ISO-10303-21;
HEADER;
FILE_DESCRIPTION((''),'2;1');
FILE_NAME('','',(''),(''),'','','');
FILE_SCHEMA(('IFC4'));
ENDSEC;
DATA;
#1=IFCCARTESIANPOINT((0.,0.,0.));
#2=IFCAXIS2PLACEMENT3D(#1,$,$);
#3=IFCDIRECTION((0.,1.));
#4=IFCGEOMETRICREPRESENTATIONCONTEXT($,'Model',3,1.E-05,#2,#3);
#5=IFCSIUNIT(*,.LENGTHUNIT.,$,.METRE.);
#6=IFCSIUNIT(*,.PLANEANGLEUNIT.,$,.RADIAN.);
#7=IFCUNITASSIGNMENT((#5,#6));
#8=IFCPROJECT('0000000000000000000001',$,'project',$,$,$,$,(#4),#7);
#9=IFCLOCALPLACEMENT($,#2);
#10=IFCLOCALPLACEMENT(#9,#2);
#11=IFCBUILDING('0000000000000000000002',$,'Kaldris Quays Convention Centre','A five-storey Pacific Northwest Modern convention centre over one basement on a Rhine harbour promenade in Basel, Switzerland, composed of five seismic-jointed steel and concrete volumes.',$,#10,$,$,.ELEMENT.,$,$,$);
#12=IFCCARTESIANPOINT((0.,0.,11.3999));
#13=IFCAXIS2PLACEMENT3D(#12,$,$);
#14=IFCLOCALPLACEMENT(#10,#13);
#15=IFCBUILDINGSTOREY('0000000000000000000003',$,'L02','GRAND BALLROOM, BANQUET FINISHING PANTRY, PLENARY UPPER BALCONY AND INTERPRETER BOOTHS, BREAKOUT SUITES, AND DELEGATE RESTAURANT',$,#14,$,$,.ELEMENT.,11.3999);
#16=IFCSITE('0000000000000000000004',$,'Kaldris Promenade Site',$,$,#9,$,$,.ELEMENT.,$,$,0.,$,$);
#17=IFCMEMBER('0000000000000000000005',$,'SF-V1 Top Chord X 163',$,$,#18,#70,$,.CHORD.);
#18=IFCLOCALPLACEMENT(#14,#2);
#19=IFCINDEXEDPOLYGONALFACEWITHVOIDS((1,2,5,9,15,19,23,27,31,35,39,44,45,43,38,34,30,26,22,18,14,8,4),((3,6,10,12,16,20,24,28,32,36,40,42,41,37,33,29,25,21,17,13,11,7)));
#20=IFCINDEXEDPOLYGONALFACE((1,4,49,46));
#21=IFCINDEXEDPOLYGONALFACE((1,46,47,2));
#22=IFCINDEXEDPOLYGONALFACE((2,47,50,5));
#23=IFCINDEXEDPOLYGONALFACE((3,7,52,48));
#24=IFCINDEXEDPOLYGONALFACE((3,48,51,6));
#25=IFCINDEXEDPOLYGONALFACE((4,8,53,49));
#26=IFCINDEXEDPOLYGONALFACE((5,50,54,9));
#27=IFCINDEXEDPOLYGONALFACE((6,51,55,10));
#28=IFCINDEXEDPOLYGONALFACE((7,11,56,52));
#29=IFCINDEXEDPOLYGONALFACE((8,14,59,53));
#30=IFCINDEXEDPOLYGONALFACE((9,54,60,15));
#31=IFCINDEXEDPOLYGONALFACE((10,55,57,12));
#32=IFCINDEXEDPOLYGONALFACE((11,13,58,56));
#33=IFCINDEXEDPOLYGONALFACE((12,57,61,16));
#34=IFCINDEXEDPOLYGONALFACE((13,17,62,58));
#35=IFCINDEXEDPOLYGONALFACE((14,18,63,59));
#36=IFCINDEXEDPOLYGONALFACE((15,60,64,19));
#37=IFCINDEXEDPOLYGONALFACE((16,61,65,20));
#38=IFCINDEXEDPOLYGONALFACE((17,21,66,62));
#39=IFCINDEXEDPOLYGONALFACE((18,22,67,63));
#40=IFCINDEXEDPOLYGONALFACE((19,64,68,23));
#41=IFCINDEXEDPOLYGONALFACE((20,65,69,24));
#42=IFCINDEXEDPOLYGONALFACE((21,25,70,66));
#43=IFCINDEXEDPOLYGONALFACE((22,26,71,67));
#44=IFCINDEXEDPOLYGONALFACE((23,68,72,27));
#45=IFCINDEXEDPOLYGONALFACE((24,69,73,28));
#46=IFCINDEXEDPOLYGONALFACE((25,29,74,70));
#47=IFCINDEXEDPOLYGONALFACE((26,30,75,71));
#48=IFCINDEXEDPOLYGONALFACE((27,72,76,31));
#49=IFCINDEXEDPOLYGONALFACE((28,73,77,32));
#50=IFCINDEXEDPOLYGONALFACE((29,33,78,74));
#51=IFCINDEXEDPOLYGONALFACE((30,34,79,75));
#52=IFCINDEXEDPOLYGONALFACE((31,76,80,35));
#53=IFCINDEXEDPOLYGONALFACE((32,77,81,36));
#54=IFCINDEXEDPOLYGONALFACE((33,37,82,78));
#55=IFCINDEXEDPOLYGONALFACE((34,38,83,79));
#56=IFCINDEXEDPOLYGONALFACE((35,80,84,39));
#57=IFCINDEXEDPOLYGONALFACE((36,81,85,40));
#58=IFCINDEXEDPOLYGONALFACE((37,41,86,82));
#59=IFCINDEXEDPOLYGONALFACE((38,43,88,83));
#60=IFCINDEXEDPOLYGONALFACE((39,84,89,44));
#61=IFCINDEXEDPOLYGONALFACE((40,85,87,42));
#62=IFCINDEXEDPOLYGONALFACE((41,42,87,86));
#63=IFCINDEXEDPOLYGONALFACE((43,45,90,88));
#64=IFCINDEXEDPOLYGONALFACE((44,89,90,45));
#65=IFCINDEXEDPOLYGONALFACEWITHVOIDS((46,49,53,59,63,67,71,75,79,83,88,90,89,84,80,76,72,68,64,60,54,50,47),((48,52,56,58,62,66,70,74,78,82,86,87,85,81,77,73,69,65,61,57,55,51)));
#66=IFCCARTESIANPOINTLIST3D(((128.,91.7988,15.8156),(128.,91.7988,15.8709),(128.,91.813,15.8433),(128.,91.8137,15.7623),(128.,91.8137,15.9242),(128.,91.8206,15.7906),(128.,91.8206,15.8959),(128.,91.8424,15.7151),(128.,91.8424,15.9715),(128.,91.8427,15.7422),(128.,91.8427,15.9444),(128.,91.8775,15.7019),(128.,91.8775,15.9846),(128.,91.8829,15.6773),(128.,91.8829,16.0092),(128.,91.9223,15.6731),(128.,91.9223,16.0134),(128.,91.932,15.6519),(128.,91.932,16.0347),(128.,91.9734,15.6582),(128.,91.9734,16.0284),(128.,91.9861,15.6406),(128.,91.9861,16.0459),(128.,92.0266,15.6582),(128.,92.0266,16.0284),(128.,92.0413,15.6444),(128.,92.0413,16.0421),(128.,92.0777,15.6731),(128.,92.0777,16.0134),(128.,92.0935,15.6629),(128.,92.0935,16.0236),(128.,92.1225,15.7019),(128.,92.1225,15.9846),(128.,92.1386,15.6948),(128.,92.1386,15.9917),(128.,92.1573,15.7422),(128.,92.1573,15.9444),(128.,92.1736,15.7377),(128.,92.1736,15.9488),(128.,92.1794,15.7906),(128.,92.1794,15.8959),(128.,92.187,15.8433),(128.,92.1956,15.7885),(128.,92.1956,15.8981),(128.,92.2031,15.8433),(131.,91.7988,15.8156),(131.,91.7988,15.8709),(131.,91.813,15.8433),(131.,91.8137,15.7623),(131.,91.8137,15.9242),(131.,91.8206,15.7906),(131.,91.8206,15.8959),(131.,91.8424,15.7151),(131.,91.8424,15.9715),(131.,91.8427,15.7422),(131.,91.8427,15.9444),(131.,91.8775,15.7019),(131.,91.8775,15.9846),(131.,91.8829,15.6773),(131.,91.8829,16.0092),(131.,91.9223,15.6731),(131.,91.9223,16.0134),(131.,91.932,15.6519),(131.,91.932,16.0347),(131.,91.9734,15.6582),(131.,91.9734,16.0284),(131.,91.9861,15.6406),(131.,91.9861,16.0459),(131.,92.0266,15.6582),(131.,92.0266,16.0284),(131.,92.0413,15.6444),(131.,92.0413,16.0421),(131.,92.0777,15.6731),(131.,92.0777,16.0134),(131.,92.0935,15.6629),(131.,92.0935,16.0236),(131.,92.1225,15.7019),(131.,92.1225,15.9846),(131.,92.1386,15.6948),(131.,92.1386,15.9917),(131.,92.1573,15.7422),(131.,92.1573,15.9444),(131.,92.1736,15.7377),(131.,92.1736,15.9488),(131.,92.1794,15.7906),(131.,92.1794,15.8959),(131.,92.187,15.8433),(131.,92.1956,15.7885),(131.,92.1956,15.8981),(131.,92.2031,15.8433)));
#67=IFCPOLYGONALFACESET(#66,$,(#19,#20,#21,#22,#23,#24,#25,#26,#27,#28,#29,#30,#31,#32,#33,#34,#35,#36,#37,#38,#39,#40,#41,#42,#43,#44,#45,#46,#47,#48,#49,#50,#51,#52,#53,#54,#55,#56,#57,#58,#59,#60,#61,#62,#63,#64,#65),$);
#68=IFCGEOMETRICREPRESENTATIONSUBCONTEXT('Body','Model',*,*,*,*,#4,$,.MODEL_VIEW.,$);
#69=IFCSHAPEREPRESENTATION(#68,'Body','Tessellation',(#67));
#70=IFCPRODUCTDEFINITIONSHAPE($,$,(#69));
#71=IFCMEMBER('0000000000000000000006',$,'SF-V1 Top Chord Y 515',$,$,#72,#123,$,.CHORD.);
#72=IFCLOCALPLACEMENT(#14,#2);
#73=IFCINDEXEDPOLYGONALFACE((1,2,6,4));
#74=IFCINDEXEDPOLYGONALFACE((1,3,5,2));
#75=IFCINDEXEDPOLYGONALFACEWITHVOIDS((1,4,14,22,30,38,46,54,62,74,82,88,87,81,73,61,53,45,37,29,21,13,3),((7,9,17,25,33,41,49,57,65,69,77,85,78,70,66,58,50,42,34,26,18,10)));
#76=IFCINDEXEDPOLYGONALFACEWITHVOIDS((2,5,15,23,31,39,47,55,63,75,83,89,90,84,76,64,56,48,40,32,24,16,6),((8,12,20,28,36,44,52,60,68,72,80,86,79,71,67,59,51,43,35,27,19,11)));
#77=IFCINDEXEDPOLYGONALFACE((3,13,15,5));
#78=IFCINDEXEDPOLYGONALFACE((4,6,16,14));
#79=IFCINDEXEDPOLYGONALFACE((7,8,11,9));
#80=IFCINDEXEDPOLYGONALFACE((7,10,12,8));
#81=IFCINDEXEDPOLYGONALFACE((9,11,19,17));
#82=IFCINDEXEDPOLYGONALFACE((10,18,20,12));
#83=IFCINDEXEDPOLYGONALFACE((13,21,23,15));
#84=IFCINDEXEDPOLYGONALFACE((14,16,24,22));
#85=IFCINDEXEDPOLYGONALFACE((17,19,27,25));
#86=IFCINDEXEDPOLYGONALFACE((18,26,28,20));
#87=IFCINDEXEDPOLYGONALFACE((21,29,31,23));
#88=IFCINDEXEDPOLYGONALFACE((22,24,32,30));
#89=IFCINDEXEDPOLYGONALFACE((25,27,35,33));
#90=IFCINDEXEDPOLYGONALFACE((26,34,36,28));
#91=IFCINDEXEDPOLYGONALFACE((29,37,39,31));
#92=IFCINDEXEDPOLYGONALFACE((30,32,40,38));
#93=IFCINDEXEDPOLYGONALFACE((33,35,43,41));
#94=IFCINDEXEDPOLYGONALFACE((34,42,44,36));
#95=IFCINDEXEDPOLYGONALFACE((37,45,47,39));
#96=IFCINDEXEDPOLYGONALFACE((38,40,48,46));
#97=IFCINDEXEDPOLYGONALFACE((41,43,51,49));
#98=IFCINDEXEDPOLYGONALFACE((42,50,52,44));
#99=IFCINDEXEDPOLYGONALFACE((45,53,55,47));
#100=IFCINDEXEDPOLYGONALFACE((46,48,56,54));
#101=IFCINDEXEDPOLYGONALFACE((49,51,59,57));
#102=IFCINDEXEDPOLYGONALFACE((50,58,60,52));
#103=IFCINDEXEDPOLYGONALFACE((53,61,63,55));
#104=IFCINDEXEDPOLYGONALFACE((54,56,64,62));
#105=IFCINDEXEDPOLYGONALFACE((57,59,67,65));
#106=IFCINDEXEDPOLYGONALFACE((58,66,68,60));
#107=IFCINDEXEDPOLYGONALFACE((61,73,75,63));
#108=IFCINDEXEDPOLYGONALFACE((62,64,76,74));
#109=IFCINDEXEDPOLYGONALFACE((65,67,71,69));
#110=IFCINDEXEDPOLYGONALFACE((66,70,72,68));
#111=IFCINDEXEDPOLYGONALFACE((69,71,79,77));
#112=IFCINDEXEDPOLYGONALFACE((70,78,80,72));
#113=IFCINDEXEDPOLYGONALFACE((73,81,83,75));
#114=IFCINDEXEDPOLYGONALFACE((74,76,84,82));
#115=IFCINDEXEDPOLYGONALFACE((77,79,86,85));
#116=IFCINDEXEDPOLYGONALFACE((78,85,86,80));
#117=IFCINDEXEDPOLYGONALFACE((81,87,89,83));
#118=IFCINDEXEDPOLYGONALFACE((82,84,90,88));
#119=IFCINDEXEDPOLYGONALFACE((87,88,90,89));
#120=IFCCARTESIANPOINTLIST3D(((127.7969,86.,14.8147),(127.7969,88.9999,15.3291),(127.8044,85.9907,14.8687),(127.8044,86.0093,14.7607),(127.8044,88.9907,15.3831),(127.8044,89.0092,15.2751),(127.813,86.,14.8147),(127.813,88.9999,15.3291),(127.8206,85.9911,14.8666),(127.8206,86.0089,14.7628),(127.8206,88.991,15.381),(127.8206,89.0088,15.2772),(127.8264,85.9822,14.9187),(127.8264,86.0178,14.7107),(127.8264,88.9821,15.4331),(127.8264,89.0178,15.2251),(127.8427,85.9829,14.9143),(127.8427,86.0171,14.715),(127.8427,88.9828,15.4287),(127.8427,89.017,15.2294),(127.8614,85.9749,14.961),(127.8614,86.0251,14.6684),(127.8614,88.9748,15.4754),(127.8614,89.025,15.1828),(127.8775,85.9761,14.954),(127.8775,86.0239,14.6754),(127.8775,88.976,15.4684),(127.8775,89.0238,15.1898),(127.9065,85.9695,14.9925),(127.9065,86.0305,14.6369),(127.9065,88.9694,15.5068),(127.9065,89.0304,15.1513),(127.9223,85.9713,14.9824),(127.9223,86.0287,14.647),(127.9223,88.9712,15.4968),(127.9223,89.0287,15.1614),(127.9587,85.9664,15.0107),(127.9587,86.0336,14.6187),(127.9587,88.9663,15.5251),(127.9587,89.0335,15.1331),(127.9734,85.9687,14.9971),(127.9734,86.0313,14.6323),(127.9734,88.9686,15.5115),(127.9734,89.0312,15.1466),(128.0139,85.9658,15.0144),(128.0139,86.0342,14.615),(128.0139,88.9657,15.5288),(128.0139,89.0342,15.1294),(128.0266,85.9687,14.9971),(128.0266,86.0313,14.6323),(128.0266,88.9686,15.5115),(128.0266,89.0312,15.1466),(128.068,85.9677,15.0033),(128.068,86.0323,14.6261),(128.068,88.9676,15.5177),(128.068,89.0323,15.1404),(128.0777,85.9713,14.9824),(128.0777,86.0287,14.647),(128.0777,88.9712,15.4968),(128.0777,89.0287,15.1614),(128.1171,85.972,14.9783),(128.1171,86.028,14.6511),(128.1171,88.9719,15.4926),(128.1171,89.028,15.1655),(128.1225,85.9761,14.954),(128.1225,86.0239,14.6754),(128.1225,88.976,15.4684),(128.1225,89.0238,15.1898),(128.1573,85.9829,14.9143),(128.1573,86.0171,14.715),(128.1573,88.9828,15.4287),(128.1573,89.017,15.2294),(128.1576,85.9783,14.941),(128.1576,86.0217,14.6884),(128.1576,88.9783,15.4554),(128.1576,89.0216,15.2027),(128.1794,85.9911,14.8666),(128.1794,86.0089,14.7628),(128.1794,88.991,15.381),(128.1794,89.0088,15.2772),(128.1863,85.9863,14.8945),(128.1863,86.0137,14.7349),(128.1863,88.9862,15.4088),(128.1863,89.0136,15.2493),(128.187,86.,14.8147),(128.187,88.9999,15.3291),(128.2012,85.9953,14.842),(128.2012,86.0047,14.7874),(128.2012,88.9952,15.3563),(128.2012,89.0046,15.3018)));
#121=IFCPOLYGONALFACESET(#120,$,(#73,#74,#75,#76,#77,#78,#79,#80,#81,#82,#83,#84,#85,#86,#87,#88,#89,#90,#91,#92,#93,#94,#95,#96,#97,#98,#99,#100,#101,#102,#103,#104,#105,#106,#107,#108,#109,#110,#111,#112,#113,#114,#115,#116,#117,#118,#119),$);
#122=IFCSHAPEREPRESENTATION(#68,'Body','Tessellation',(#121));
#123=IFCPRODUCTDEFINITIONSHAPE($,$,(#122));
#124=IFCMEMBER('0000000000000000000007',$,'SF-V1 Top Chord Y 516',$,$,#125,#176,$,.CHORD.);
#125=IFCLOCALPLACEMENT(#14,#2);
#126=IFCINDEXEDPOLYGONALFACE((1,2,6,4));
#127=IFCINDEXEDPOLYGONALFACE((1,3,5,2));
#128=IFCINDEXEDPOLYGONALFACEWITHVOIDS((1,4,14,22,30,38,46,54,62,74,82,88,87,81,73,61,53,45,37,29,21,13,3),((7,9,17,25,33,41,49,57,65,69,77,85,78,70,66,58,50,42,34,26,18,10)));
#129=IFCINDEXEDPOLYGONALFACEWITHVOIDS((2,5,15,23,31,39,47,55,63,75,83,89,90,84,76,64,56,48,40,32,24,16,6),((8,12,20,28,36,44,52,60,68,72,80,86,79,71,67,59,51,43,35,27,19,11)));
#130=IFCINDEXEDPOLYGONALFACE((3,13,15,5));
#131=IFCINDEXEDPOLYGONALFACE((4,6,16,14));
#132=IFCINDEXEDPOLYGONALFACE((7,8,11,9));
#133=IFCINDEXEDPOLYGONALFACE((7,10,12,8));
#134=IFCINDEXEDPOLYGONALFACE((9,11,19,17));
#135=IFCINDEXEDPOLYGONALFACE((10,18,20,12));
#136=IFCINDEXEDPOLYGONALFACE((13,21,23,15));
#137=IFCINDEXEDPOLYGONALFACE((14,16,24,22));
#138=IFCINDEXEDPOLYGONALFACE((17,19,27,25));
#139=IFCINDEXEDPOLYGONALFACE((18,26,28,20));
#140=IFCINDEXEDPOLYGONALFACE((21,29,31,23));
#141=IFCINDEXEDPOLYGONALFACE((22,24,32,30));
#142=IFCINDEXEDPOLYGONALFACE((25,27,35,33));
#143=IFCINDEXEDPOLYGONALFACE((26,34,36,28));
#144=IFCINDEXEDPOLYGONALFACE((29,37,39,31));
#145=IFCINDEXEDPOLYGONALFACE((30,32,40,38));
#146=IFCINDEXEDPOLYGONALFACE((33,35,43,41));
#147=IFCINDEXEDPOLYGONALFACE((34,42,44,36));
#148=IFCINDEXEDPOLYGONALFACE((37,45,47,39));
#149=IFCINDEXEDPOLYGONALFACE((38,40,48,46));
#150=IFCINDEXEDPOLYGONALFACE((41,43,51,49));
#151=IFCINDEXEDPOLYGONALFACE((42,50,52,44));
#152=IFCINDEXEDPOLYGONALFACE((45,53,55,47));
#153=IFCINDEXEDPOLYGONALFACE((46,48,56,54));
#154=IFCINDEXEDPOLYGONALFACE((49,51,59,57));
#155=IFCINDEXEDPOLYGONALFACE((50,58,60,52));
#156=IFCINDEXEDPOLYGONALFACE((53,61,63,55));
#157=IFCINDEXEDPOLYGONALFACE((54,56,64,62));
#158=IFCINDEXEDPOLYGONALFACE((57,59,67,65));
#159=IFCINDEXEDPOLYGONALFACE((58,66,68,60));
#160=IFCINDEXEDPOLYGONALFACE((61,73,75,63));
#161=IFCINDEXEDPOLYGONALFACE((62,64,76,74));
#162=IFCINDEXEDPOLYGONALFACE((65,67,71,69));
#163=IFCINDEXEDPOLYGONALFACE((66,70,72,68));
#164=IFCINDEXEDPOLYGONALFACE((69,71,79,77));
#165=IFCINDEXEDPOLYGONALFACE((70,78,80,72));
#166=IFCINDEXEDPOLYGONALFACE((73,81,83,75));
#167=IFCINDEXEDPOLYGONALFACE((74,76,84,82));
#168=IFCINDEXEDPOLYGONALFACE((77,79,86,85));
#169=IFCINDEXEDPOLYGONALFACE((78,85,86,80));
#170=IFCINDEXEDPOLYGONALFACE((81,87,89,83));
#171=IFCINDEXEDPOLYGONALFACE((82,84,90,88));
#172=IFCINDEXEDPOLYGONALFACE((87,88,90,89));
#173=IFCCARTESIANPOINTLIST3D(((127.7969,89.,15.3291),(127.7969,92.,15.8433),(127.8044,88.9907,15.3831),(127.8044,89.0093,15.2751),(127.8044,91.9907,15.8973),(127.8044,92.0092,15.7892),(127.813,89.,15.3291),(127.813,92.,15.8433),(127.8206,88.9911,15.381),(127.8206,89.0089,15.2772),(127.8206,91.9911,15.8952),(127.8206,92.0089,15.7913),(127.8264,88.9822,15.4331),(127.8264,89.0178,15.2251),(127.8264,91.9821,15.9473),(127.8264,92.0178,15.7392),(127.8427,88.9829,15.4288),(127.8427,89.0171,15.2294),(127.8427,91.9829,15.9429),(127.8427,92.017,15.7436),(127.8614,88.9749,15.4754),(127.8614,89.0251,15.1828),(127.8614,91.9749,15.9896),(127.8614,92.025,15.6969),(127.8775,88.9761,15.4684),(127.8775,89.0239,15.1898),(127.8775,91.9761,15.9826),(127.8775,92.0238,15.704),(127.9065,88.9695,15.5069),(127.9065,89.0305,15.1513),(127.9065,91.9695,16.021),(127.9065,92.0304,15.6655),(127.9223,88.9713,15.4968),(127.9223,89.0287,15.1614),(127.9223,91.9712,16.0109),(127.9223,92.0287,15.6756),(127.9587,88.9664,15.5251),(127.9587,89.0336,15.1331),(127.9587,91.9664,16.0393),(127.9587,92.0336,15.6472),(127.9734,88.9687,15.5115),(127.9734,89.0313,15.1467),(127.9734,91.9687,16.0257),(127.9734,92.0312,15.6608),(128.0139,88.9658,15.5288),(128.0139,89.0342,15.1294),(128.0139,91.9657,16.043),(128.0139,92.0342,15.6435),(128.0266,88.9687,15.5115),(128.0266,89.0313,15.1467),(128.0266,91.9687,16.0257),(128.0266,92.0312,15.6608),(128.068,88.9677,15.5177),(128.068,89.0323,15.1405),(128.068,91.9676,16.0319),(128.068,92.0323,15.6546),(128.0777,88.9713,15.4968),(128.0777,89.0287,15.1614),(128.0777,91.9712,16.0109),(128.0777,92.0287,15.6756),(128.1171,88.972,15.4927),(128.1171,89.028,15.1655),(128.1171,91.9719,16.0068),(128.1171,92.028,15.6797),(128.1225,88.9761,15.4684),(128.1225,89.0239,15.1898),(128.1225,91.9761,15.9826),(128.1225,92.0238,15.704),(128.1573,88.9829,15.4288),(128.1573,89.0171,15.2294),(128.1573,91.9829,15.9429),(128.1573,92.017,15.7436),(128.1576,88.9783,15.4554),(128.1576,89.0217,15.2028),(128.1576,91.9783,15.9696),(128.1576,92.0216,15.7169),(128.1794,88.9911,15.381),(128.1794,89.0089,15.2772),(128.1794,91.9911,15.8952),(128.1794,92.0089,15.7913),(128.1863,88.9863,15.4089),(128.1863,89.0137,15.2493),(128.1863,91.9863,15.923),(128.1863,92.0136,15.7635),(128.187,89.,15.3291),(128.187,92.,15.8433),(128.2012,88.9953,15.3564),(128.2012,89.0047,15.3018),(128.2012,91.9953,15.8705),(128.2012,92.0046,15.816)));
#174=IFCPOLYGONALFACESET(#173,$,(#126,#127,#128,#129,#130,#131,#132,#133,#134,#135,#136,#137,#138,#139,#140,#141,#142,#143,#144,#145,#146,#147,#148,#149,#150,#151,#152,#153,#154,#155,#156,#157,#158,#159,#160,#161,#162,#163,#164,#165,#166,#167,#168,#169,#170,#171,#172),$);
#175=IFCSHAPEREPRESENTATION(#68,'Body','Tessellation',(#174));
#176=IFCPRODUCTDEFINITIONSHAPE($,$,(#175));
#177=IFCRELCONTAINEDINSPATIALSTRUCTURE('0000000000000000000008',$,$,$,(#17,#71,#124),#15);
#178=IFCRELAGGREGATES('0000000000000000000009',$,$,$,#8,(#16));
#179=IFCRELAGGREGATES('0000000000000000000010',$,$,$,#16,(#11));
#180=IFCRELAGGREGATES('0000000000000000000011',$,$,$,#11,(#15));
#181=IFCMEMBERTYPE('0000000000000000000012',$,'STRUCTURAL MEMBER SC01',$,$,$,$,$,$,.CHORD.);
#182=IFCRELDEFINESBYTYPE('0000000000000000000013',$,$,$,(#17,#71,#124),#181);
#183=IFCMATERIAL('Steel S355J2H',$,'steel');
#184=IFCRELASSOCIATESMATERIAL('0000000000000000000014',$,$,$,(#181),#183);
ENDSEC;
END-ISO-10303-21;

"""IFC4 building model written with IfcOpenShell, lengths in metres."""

from ifc_helpers import new_model, si_unit, direction, frame, origin, origin_2d, place, context, subcontext, project, spatial, hollow_circle, extrude, material, material_profile, profile_set, type_object, element, save


model = new_model("IFC4")

# Units and contexts
model_context = context("Model", 3, precision=1e-05, world=origin(), true_north=direction((0.0, 1.0)))
body_context = subcontext(model_context, "Body", "Model", "MODEL_VIEW")
ifc_project = project(units=[si_unit("LENGTHUNIT", "METRE"), si_unit("PLANEANGLEUNIT", "RADIAN")], contexts=[model_context])

# Site, building, storey
site_placement = place(None, origin())
site = spatial("IfcSite", under=ifc_project, at=site_placement, Name="Kaldris Promenade Site", CompositionType="ELEMENT", RefElevation=0.0)
building_placement = place(site_placement, origin())
building = spatial("IfcBuilding", under=site, at=building_placement, Name="Kaldris Quays Convention Centre", Description="A five-storey Pacific Northwest Modern convention centre over one basement on a Rhine harbour promenade in Basel, Switzerland, composed of five seismic-jointed steel and concrete volumes.", CompositionType="ELEMENT")
storey_placement = place(building_placement, frame((0.0, 0.0, 11.3999)))
storey = spatial("IfcBuildingStorey", under=building, at=storey_placement, Name="L02", Description="GRAND BALLROOM, BANQUET FINISHING PANTRY, PLENARY UPPER BALCONY AND INTERPRETER BOOTHS, BREAKOUT SUITES, AND DELEGATE RESTAURANT", CompositionType="ELEMENT", Elevation=11.3999)

# Members
ifc_material_1 = material(Name="Steel S355J2H", Category="steel")
ifc_material_profile_1 = material_profile(ifc_material_1, hollow_circle(Radius=0.2031, WallThickness=0.0161, at=origin_2d()), Name="CHS 406.4x16")
ifc_profile_set_1 = profile_set([ifc_material_profile_1], Name="Steel S355J2H")
member_type_1 = type_object("IfcMemberType", Name="STRUCTURAL MEMBER SC01", PredefinedType="CHORD", material=ifc_profile_set_1)
for number, where, z_axis, x_axis, name in (
    (1, (128.0, 92.0, 15.8433), (1.0, 0.0, 0.0), (0.0, 1.0, 0.0), "SF-V1 Top Chord X 163"),
):
    element("IfcMember", number, at=place(storey_placement, frame(where, z_axis=z_axis, x_axis=x_axis)), inside=storey, type_object=member_type_1, Name=name, PredefinedType="CHORD", context=body_context, shape_type="SweptSolid", body=[
        extrude(hollow_circle(Radius=0.2031, WallThickness=0.0161, at=origin_2d()), origin(), (0.0, 0.0, 1.0), 3.0),
    ])
for number, where, z_axis, x_axis, name in (
    (2, (128.0, 86.0, 14.8147), (0.0, 0.985616, 0.169002), (-1.0, 0.0, 0.0), "SF-V1 Top Chord Y 515"),
    (3, (128.0, 89.0, 15.3291), (0.0, 0.985629, 0.168924), (-1.0, 0.0, 0.0), "SF-V1 Top Chord Y 516"),
):
    element("IfcMember", number, at=place(storey_placement, frame(where, z_axis=z_axis, x_axis=x_axis)), inside=storey, type_object=member_type_1, Name=name, PredefinedType="CHORD", context=body_context, shape_type="SweptSolid", body=[
        extrude(hollow_circle(Radius=0.2031, WallThickness=0.0161, at=origin_2d()), origin(), (0.0, 0.0, 1.0), 3.0437),
    ])

save(model, "model.ifc")
